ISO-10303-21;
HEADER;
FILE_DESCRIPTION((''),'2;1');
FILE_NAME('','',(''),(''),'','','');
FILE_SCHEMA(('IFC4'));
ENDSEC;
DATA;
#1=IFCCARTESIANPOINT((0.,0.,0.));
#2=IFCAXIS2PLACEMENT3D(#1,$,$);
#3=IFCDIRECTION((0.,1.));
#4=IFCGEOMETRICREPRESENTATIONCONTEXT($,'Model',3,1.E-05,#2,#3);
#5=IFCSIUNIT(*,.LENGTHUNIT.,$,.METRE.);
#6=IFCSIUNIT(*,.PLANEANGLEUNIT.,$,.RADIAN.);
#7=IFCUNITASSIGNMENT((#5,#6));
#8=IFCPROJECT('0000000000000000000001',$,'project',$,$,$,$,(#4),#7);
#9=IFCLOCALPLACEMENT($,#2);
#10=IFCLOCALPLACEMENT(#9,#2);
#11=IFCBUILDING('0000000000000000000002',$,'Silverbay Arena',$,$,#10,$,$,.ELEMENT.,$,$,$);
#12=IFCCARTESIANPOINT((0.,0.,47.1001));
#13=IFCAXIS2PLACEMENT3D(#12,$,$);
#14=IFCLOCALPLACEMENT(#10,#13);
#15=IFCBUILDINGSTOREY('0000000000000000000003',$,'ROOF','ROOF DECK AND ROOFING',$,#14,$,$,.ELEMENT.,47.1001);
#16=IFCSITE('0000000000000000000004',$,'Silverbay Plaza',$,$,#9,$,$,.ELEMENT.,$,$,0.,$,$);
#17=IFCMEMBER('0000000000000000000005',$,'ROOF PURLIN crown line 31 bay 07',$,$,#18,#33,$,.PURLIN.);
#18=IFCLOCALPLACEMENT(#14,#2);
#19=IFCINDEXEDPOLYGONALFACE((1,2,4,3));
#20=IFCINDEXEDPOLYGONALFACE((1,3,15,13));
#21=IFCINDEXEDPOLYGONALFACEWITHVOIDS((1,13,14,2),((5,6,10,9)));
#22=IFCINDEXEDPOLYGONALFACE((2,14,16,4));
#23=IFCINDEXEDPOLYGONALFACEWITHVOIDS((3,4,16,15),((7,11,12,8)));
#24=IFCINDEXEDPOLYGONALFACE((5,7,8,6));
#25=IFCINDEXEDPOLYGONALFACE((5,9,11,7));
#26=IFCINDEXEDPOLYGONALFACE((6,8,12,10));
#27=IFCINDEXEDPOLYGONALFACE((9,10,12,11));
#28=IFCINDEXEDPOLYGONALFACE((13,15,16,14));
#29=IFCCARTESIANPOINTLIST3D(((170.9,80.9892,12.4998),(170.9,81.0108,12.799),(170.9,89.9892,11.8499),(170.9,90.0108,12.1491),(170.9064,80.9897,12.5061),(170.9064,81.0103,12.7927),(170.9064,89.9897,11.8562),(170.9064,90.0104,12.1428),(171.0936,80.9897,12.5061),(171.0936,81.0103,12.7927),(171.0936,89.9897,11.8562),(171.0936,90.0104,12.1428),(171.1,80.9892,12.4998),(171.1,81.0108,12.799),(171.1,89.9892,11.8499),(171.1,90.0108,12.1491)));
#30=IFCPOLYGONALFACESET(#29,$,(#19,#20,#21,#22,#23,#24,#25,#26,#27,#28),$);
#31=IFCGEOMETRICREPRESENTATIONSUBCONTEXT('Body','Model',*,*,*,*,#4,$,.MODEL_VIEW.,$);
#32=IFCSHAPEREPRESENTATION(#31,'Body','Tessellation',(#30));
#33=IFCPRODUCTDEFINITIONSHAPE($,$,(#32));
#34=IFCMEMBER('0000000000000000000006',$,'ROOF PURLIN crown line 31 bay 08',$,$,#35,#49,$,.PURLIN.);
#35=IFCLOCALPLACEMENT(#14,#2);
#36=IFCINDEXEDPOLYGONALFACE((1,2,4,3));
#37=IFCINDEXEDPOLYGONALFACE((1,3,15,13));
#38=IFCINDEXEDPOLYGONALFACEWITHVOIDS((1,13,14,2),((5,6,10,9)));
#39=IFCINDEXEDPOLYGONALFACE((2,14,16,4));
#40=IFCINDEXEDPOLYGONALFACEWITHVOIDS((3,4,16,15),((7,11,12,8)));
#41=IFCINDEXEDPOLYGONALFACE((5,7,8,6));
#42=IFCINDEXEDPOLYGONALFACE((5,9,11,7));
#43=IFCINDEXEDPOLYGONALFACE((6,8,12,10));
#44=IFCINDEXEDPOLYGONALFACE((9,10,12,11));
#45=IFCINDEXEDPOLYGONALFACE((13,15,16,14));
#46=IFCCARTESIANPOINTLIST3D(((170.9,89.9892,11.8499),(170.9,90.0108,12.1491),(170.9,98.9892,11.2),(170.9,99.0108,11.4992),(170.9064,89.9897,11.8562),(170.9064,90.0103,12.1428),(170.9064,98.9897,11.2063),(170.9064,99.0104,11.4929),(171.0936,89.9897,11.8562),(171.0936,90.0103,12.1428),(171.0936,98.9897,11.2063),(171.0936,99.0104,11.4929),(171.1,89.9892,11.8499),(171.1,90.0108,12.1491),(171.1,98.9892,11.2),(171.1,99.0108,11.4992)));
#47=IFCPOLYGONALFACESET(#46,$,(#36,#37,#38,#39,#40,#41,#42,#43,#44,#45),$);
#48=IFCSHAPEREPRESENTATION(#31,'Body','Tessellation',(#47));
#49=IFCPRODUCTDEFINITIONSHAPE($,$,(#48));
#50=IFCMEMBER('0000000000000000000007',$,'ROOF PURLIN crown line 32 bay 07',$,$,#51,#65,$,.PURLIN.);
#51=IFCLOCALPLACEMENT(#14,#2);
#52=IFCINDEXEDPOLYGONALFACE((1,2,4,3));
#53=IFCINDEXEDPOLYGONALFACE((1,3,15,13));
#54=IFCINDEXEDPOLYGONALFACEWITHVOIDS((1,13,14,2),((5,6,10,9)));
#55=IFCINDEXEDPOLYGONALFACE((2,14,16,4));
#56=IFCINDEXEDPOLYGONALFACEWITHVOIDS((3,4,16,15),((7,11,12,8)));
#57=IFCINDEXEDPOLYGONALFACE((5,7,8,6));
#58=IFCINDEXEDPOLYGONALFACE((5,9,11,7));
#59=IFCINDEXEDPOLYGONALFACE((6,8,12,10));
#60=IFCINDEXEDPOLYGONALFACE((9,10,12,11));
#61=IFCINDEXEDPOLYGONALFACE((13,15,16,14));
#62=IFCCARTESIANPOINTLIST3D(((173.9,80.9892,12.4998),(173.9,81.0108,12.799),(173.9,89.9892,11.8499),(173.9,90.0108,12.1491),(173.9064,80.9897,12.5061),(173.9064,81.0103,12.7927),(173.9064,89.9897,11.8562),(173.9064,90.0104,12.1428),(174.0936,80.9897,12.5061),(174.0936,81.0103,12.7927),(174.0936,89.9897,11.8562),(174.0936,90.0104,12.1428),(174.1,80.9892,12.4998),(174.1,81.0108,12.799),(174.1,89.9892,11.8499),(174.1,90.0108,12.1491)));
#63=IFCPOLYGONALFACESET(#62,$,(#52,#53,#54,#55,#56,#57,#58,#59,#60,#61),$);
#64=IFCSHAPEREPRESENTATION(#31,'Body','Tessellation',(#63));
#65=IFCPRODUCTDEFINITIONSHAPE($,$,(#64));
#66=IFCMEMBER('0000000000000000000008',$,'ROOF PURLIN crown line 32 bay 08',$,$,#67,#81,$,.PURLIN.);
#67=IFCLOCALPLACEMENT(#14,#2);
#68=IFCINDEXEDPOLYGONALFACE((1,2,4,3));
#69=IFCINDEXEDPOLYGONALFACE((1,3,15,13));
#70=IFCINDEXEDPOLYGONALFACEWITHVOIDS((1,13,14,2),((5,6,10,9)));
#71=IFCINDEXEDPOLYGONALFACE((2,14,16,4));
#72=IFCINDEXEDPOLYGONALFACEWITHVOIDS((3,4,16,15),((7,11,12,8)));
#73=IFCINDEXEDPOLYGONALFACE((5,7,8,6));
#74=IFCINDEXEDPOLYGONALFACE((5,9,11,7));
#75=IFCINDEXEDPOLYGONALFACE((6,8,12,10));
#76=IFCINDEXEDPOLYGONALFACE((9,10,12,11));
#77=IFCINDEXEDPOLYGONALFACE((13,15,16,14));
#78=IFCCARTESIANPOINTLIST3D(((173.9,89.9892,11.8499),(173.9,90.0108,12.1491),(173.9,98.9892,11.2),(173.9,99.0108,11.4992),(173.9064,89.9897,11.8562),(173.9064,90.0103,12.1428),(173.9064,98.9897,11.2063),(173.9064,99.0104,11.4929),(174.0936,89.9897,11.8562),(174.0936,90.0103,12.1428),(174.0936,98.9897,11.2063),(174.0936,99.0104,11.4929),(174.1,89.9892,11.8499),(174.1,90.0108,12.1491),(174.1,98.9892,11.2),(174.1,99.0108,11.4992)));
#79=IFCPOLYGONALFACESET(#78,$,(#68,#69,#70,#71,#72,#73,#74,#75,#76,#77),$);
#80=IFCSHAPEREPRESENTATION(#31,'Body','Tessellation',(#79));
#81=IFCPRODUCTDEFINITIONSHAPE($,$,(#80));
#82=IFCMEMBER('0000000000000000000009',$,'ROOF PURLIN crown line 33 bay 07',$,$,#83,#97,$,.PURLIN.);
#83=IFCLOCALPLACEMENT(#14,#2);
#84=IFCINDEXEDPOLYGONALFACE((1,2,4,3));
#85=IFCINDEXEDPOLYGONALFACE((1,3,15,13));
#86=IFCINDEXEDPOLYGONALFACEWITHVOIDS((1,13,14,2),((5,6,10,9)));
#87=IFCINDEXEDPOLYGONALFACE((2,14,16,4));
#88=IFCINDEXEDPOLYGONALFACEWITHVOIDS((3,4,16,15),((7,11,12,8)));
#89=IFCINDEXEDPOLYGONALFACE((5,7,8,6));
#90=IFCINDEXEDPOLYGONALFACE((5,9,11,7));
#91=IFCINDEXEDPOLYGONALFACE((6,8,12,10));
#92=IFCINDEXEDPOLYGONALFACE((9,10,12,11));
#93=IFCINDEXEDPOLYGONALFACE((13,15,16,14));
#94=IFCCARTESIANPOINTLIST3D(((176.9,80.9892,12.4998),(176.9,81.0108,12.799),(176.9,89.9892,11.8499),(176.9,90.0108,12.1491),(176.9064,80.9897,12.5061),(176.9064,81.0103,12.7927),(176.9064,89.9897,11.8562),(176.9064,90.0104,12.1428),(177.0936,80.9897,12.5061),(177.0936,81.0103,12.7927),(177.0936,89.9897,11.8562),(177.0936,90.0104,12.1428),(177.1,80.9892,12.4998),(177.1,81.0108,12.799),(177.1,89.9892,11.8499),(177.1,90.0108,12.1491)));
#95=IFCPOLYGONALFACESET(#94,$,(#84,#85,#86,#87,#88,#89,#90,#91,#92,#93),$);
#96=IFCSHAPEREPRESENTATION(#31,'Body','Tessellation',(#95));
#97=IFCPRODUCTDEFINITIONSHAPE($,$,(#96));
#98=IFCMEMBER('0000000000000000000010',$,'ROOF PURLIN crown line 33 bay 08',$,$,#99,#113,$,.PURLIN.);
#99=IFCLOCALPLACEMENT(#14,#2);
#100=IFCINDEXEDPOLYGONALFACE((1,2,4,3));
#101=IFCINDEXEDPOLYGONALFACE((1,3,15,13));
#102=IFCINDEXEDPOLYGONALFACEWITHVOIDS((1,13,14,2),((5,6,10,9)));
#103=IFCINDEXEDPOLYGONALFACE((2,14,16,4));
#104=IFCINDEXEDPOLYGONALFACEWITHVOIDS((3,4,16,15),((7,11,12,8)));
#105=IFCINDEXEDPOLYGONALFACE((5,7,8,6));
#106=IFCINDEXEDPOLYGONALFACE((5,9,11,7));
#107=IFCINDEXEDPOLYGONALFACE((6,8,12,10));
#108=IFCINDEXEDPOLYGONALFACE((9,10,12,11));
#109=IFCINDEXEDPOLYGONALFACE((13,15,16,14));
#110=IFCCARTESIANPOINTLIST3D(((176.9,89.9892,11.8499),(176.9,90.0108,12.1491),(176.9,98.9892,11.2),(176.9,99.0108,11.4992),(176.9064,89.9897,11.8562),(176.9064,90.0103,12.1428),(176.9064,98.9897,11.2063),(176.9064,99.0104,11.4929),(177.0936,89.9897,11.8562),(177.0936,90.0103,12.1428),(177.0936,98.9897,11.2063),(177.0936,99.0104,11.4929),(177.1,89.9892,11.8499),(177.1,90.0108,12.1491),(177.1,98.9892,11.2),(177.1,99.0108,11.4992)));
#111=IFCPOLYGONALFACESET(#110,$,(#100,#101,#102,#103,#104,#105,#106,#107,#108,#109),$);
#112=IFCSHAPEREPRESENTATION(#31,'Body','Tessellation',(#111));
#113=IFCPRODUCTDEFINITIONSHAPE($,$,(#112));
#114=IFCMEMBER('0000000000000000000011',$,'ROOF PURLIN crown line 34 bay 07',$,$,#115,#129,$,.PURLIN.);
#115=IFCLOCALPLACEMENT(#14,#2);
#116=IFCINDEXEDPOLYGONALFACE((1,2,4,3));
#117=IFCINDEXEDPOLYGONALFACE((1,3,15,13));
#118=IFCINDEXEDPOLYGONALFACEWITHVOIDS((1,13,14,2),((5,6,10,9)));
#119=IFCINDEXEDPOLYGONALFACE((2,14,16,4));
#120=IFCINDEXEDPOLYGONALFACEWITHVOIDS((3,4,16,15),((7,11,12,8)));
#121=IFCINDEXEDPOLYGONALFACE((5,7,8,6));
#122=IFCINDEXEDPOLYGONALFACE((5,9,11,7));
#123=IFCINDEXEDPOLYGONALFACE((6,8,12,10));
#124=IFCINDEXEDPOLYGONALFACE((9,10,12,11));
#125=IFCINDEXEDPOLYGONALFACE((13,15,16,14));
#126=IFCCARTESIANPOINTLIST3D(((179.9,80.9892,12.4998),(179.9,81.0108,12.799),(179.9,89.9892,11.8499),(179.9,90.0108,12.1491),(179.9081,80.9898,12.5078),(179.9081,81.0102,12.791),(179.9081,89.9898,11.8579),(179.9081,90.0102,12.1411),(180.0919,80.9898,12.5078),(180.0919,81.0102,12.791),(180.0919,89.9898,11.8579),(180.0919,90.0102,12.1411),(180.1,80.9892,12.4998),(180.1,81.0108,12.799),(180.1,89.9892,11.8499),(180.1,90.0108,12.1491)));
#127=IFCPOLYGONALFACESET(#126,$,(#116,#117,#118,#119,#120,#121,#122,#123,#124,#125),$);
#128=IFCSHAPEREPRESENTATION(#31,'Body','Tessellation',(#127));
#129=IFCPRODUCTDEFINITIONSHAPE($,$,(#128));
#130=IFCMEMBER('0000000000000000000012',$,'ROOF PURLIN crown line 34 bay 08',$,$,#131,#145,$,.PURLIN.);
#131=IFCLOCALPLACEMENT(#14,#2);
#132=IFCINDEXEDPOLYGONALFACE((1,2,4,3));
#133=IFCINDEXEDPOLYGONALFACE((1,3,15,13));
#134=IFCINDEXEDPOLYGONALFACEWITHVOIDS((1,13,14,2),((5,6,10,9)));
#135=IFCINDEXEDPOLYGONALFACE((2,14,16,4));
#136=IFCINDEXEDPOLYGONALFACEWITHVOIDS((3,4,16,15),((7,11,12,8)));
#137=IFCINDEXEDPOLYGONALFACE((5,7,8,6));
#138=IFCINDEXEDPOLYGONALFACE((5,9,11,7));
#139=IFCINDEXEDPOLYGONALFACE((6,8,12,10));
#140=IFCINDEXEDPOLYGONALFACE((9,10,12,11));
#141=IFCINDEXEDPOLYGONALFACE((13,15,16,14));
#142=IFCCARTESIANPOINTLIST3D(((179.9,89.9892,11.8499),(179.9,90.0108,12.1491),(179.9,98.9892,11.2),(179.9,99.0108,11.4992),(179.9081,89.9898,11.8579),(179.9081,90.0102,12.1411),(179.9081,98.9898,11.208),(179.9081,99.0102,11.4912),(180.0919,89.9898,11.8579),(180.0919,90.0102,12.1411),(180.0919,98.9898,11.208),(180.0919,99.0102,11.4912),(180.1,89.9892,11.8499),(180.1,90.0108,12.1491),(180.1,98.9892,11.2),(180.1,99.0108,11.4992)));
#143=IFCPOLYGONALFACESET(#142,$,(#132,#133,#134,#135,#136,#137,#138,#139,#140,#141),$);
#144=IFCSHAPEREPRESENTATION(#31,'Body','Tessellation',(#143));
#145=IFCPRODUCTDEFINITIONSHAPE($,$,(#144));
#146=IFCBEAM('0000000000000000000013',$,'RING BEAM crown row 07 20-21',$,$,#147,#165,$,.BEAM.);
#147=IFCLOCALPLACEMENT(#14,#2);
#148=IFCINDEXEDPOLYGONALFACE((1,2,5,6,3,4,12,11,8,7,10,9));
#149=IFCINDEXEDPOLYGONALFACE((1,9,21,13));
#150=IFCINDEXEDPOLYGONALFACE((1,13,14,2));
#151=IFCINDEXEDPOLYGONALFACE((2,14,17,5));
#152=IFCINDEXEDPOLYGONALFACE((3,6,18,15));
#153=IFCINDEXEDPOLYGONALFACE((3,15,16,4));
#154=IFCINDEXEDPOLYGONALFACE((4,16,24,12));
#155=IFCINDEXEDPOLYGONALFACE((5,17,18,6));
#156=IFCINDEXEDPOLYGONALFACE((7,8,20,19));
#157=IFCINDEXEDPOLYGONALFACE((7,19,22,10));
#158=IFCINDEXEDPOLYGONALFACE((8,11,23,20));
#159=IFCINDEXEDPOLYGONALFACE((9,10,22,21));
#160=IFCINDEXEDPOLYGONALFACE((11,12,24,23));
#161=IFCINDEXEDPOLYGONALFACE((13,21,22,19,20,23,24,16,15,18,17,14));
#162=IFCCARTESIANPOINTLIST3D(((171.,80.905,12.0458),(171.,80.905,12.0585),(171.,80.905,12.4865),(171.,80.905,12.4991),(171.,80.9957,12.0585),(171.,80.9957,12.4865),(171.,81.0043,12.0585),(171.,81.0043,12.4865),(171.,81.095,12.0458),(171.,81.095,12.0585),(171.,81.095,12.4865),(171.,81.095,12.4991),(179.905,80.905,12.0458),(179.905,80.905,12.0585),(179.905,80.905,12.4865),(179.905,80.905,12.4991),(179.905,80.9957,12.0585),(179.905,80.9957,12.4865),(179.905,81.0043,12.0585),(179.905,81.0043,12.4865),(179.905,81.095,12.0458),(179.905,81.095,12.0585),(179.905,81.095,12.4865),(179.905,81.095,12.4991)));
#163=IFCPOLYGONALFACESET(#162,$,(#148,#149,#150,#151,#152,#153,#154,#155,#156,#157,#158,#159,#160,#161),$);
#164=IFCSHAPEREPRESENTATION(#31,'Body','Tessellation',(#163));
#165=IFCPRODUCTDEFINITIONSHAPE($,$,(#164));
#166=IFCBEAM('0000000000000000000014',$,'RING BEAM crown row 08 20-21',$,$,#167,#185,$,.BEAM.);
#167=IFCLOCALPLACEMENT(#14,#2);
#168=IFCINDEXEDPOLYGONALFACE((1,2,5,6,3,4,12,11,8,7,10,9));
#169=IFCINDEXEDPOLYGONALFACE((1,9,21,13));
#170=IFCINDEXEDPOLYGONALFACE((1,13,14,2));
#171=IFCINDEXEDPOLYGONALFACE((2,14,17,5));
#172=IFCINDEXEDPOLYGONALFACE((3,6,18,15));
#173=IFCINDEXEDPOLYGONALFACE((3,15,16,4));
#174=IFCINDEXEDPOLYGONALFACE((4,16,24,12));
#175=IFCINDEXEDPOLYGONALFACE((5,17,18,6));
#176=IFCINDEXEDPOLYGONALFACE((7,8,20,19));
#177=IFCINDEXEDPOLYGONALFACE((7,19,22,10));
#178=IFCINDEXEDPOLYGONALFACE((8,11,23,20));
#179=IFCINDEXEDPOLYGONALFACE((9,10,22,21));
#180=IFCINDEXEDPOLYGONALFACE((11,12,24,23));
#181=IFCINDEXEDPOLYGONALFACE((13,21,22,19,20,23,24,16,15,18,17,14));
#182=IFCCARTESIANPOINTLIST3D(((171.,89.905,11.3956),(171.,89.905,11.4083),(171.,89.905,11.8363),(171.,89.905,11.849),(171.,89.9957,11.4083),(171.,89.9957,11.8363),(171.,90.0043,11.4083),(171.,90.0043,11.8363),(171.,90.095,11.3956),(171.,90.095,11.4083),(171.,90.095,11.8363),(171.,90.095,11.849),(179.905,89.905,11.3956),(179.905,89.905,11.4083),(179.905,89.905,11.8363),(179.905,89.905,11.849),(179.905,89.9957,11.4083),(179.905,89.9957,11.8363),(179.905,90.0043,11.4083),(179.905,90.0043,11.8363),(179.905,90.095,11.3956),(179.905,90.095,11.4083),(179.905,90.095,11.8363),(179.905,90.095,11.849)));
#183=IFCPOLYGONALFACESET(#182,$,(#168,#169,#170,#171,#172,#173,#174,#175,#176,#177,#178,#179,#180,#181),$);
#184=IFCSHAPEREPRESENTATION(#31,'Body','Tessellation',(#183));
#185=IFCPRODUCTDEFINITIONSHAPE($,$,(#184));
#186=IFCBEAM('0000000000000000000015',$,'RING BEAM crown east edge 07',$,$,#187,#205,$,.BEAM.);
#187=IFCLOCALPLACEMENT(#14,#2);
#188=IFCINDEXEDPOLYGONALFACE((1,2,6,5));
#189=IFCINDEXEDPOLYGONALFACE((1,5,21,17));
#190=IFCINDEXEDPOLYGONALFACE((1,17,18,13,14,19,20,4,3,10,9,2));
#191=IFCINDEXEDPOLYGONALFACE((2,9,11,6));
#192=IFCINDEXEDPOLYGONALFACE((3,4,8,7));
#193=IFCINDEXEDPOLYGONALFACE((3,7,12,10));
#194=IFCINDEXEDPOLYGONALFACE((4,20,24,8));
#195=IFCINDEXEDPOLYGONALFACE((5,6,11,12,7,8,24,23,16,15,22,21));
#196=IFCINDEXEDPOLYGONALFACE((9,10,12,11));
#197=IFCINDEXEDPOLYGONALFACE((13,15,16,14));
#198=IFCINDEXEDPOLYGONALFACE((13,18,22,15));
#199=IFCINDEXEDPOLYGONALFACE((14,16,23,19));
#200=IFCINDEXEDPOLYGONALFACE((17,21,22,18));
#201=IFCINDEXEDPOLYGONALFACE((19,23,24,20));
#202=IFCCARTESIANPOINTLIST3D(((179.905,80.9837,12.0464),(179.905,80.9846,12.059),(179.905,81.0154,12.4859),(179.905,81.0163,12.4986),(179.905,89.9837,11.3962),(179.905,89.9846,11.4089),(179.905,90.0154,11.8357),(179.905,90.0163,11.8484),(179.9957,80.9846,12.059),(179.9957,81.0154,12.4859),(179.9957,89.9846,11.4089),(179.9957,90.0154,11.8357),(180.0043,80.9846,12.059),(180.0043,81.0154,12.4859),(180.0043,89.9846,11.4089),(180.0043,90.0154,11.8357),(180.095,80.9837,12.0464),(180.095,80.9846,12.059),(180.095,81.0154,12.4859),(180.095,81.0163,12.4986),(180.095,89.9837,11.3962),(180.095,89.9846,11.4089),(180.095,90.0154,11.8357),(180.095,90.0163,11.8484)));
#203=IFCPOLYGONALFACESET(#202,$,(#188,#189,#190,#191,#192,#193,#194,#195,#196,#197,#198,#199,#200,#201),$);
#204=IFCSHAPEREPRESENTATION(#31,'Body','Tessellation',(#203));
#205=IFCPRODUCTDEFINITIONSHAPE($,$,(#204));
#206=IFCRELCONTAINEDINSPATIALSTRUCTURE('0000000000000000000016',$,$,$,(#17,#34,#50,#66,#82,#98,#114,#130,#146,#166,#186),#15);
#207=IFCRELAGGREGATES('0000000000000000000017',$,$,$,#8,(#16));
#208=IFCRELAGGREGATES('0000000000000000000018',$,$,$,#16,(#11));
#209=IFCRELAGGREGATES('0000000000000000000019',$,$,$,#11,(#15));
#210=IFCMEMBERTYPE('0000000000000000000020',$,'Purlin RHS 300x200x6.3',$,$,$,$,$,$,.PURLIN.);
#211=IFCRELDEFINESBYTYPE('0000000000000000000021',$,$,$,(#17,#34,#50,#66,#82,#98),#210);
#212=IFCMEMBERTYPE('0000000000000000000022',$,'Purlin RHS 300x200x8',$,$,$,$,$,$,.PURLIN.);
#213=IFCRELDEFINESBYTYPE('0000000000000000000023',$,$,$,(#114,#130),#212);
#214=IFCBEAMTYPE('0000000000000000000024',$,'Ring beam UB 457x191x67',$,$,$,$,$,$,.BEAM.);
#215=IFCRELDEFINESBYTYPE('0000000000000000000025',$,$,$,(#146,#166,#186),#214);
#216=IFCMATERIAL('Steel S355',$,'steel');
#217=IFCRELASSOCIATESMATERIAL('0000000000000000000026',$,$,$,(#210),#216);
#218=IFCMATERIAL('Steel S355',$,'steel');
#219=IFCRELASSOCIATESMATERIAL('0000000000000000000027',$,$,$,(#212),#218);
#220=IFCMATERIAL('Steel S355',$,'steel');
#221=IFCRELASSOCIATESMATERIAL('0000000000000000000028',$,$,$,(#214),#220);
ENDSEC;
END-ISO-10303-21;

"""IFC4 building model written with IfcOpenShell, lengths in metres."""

from ifc_helpers import new_model, si_unit, direction, frame, origin, origin_2d, place, context, subcontext, project, spatial, hollow_rectangle, i_section, extrude, material, material_profile, profile_set, type_object, element, save


model = new_model("IFC4")

# Units and contexts
model_context = context("Model", 3, precision=1e-05, world=origin(), true_north=direction((0.0, 1.0)))
body_context = subcontext(model_context, "Body", "Model", "MODEL_VIEW")
ifc_project = project(units=[si_unit("LENGTHUNIT", "METRE"), si_unit("PLANEANGLEUNIT", "RADIAN")], contexts=[model_context])

# Site, building, storey
site_placement = place(None, origin())
site = spatial("IfcSite", under=ifc_project, at=site_placement, Name="Silverbay Plaza", CompositionType="ELEMENT", RefElevation=0.0)
building_placement = place(site_placement, origin())
building = spatial("IfcBuilding", under=site, at=building_placement, Name="Silverbay Arena", CompositionType="ELEMENT")
storey_placement = place(building_placement, frame((0.0, 0.0, 47.1001)))
storey = spatial("IfcBuildingStorey", under=building, at=storey_placement, Name="ROOF", Description="ROOF DECK AND ROOFING", CompositionType="ELEMENT", Elevation=47.1001)

# Members
ifc_material_1 = material(Name="Steel S355", Category="steel")
ifc_material_profile_1 = material_profile(ifc_material_1, hollow_rectangle(XDim=0.2, YDim=0.3, WallThickness=0.0063, at=origin_2d()), Name="RHS 300x200x6.3")
ifc_profile_set_1 = profile_set([ifc_material_profile_1], Name="Steel S355")
member_type_1 = type_object("IfcMemberType", Name="Purlin RHS 300x200x6.3", PredefinedType="PURLIN", material=ifc_profile_set_1)
for number, where, z_axis, x_axis, name in (
    (1, (171.0, 81.0, 12.6494), (0.0, 0.997403, -0.072024), (-1.0, 0.0, 0.0), "ROOF PURLIN crown line 31 bay 07"),
    (2, (171.0, 90.0, 11.9995), (0.0, 0.997403, -0.072024), (-1.0, 0.0, 0.0), "ROOF PURLIN crown line 31 bay 08"),
    (3, (174.0, 81.0, 12.6494), (0.0, 0.997403, -0.072024), (-1.0, 0.0, 0.0), "ROOF PURLIN crown line 32 bay 07"),
    (4, (174.0, 90.0, 11.9995), (0.0, 0.997403, -0.072024), (-1.0, 0.0, 0.0), "ROOF PURLIN crown line 32 bay 08"),
    (5, (177.0, 81.0, 12.6494), (0.0, 0.997403, -0.072024), (-1.0, 0.0, 0.0), "ROOF PURLIN crown line 33 bay 07"),
    (6, (177.0, 90.0, 11.9995), (0.0, 0.997403, -0.072024), (-1.0, 0.0, 0.0), "ROOF PURLIN crown line 33 bay 08"),
):
    element("IfcMember", number, at=place(storey_placement, frame(where, z_axis=z_axis, x_axis=x_axis)), inside=storey, type_object=member_type_1, Name=name, PredefinedType="PURLIN", context=body_context, shape_type="SweptSolid", body=[
        extrude(hollow_rectangle(XDim=0.2, YDim=0.3, WallThickness=0.0063, at=origin_2d()), origin(), (0.0, 0.0, 1.0), 9.0234),
    ])
ifc_material_2 = material(Name="Steel S355", Category="steel")
ifc_material_profile_2 = material_profile(ifc_material_2, hollow_rectangle(XDim=0.2, YDim=0.3, WallThickness=0.0081, at=origin_2d()), Name="RHS 300x200x8")
ifc_profile_set_2 = profile_set([ifc_material_profile_2], Name="Steel S355")
member_type_2 = type_object("IfcMemberType", Name="Purlin RHS 300x200x8", PredefinedType="PURLIN", material=ifc_profile_set_2)
for number, where, z_axis, x_axis, name in (
    (7, (180.0, 81.0, 12.6494), (0.0, 0.997403, -0.072024), (-1.0, 0.0, 0.0), "ROOF PURLIN crown line 34 bay 07"),
    (8, (180.0, 90.0, 11.9995), (0.0, 0.997403, -0.072024), (-1.0, 0.0, 0.0), "ROOF PURLIN crown line 34 bay 08"),
):
    element("IfcMember", number, at=place(storey_placement, frame(where, z_axis=z_axis, x_axis=x_axis)), inside=storey, type_object=member_type_2, Name=name, PredefinedType="PURLIN", context=body_context, shape_type="SweptSolid", body=[
        extrude(hollow_rectangle(XDim=0.2, YDim=0.3, WallThickness=0.0081, at=origin_2d()), origin(), (0.0, 0.0, 1.0), 9.0234),
    ])

# Beams
ifc_material_3 = material(Name="Steel S355", Category="steel")
ifc_material_profile_3 = material_profile(ifc_material_3, i_section(OverallWidth=0.1899, OverallDepth=0.4534, WebThickness=0.0085, FlangeThickness=0.0127, at=origin_2d()), Name="UB 457x191x67")
ifc_profile_set_3 = profile_set([ifc_material_profile_3], Name="Steel S355")
beam_type = type_object("IfcBeamType", Name="Ring beam UB 457x191x67", PredefinedType="BEAM", material=ifc_profile_set_3)
for number, where, z_axis, x_axis, name in (
    (9, (171.0, 81.0, 12.2725), (1.0, 0.0, 0.0), (0.0, 1.0, 0.0), "RING BEAM crown row 07 20-21"),
    (10, (171.0, 90.0, 11.6223), (1.0, 0.0, 0.0), (0.0, 1.0, 0.0), "RING BEAM crown row 08 20-21"),
):
    element("IfcBeam", number, at=place(storey_placement, frame(where, z_axis=z_axis, x_axis=x_axis)), inside=storey, type_object=beam_type, Name=name, PredefinedType="BEAM", context=body_context, shape_type="SweptSolid", body=[
        extrude(i_section(OverallWidth=0.1899, OverallDepth=0.4534, WebThickness=0.0085, FlangeThickness=0.0127, at=origin_2d()), origin(), (0.0, 0.0, 1.0), 8.905),
    ])
for number, where, z_axis, x_axis, name in (
    (11, (180.0, 81.0, 12.2725), (0.0, 0.997401, -0.072051), (-1.0, 0.0, 0.0), "RING BEAM crown east edge 07"),
):
    element("IfcBeam", number, at=place(storey_placement, frame(where, z_axis=z_axis, x_axis=x_axis)), inside=storey, type_object=beam_type, Name=name, PredefinedType="BEAM", context=body_context, shape_type="SweptSolid", body=[
        extrude(i_section(OverallWidth=0.1899, OverallDepth=0.4534, WebThickness=0.0085, FlangeThickness=0.0127, at=origin_2d()), origin(), (0.0, 0.0, 1.0), 9.0234),
    ])

save(model, "model.ifc")
